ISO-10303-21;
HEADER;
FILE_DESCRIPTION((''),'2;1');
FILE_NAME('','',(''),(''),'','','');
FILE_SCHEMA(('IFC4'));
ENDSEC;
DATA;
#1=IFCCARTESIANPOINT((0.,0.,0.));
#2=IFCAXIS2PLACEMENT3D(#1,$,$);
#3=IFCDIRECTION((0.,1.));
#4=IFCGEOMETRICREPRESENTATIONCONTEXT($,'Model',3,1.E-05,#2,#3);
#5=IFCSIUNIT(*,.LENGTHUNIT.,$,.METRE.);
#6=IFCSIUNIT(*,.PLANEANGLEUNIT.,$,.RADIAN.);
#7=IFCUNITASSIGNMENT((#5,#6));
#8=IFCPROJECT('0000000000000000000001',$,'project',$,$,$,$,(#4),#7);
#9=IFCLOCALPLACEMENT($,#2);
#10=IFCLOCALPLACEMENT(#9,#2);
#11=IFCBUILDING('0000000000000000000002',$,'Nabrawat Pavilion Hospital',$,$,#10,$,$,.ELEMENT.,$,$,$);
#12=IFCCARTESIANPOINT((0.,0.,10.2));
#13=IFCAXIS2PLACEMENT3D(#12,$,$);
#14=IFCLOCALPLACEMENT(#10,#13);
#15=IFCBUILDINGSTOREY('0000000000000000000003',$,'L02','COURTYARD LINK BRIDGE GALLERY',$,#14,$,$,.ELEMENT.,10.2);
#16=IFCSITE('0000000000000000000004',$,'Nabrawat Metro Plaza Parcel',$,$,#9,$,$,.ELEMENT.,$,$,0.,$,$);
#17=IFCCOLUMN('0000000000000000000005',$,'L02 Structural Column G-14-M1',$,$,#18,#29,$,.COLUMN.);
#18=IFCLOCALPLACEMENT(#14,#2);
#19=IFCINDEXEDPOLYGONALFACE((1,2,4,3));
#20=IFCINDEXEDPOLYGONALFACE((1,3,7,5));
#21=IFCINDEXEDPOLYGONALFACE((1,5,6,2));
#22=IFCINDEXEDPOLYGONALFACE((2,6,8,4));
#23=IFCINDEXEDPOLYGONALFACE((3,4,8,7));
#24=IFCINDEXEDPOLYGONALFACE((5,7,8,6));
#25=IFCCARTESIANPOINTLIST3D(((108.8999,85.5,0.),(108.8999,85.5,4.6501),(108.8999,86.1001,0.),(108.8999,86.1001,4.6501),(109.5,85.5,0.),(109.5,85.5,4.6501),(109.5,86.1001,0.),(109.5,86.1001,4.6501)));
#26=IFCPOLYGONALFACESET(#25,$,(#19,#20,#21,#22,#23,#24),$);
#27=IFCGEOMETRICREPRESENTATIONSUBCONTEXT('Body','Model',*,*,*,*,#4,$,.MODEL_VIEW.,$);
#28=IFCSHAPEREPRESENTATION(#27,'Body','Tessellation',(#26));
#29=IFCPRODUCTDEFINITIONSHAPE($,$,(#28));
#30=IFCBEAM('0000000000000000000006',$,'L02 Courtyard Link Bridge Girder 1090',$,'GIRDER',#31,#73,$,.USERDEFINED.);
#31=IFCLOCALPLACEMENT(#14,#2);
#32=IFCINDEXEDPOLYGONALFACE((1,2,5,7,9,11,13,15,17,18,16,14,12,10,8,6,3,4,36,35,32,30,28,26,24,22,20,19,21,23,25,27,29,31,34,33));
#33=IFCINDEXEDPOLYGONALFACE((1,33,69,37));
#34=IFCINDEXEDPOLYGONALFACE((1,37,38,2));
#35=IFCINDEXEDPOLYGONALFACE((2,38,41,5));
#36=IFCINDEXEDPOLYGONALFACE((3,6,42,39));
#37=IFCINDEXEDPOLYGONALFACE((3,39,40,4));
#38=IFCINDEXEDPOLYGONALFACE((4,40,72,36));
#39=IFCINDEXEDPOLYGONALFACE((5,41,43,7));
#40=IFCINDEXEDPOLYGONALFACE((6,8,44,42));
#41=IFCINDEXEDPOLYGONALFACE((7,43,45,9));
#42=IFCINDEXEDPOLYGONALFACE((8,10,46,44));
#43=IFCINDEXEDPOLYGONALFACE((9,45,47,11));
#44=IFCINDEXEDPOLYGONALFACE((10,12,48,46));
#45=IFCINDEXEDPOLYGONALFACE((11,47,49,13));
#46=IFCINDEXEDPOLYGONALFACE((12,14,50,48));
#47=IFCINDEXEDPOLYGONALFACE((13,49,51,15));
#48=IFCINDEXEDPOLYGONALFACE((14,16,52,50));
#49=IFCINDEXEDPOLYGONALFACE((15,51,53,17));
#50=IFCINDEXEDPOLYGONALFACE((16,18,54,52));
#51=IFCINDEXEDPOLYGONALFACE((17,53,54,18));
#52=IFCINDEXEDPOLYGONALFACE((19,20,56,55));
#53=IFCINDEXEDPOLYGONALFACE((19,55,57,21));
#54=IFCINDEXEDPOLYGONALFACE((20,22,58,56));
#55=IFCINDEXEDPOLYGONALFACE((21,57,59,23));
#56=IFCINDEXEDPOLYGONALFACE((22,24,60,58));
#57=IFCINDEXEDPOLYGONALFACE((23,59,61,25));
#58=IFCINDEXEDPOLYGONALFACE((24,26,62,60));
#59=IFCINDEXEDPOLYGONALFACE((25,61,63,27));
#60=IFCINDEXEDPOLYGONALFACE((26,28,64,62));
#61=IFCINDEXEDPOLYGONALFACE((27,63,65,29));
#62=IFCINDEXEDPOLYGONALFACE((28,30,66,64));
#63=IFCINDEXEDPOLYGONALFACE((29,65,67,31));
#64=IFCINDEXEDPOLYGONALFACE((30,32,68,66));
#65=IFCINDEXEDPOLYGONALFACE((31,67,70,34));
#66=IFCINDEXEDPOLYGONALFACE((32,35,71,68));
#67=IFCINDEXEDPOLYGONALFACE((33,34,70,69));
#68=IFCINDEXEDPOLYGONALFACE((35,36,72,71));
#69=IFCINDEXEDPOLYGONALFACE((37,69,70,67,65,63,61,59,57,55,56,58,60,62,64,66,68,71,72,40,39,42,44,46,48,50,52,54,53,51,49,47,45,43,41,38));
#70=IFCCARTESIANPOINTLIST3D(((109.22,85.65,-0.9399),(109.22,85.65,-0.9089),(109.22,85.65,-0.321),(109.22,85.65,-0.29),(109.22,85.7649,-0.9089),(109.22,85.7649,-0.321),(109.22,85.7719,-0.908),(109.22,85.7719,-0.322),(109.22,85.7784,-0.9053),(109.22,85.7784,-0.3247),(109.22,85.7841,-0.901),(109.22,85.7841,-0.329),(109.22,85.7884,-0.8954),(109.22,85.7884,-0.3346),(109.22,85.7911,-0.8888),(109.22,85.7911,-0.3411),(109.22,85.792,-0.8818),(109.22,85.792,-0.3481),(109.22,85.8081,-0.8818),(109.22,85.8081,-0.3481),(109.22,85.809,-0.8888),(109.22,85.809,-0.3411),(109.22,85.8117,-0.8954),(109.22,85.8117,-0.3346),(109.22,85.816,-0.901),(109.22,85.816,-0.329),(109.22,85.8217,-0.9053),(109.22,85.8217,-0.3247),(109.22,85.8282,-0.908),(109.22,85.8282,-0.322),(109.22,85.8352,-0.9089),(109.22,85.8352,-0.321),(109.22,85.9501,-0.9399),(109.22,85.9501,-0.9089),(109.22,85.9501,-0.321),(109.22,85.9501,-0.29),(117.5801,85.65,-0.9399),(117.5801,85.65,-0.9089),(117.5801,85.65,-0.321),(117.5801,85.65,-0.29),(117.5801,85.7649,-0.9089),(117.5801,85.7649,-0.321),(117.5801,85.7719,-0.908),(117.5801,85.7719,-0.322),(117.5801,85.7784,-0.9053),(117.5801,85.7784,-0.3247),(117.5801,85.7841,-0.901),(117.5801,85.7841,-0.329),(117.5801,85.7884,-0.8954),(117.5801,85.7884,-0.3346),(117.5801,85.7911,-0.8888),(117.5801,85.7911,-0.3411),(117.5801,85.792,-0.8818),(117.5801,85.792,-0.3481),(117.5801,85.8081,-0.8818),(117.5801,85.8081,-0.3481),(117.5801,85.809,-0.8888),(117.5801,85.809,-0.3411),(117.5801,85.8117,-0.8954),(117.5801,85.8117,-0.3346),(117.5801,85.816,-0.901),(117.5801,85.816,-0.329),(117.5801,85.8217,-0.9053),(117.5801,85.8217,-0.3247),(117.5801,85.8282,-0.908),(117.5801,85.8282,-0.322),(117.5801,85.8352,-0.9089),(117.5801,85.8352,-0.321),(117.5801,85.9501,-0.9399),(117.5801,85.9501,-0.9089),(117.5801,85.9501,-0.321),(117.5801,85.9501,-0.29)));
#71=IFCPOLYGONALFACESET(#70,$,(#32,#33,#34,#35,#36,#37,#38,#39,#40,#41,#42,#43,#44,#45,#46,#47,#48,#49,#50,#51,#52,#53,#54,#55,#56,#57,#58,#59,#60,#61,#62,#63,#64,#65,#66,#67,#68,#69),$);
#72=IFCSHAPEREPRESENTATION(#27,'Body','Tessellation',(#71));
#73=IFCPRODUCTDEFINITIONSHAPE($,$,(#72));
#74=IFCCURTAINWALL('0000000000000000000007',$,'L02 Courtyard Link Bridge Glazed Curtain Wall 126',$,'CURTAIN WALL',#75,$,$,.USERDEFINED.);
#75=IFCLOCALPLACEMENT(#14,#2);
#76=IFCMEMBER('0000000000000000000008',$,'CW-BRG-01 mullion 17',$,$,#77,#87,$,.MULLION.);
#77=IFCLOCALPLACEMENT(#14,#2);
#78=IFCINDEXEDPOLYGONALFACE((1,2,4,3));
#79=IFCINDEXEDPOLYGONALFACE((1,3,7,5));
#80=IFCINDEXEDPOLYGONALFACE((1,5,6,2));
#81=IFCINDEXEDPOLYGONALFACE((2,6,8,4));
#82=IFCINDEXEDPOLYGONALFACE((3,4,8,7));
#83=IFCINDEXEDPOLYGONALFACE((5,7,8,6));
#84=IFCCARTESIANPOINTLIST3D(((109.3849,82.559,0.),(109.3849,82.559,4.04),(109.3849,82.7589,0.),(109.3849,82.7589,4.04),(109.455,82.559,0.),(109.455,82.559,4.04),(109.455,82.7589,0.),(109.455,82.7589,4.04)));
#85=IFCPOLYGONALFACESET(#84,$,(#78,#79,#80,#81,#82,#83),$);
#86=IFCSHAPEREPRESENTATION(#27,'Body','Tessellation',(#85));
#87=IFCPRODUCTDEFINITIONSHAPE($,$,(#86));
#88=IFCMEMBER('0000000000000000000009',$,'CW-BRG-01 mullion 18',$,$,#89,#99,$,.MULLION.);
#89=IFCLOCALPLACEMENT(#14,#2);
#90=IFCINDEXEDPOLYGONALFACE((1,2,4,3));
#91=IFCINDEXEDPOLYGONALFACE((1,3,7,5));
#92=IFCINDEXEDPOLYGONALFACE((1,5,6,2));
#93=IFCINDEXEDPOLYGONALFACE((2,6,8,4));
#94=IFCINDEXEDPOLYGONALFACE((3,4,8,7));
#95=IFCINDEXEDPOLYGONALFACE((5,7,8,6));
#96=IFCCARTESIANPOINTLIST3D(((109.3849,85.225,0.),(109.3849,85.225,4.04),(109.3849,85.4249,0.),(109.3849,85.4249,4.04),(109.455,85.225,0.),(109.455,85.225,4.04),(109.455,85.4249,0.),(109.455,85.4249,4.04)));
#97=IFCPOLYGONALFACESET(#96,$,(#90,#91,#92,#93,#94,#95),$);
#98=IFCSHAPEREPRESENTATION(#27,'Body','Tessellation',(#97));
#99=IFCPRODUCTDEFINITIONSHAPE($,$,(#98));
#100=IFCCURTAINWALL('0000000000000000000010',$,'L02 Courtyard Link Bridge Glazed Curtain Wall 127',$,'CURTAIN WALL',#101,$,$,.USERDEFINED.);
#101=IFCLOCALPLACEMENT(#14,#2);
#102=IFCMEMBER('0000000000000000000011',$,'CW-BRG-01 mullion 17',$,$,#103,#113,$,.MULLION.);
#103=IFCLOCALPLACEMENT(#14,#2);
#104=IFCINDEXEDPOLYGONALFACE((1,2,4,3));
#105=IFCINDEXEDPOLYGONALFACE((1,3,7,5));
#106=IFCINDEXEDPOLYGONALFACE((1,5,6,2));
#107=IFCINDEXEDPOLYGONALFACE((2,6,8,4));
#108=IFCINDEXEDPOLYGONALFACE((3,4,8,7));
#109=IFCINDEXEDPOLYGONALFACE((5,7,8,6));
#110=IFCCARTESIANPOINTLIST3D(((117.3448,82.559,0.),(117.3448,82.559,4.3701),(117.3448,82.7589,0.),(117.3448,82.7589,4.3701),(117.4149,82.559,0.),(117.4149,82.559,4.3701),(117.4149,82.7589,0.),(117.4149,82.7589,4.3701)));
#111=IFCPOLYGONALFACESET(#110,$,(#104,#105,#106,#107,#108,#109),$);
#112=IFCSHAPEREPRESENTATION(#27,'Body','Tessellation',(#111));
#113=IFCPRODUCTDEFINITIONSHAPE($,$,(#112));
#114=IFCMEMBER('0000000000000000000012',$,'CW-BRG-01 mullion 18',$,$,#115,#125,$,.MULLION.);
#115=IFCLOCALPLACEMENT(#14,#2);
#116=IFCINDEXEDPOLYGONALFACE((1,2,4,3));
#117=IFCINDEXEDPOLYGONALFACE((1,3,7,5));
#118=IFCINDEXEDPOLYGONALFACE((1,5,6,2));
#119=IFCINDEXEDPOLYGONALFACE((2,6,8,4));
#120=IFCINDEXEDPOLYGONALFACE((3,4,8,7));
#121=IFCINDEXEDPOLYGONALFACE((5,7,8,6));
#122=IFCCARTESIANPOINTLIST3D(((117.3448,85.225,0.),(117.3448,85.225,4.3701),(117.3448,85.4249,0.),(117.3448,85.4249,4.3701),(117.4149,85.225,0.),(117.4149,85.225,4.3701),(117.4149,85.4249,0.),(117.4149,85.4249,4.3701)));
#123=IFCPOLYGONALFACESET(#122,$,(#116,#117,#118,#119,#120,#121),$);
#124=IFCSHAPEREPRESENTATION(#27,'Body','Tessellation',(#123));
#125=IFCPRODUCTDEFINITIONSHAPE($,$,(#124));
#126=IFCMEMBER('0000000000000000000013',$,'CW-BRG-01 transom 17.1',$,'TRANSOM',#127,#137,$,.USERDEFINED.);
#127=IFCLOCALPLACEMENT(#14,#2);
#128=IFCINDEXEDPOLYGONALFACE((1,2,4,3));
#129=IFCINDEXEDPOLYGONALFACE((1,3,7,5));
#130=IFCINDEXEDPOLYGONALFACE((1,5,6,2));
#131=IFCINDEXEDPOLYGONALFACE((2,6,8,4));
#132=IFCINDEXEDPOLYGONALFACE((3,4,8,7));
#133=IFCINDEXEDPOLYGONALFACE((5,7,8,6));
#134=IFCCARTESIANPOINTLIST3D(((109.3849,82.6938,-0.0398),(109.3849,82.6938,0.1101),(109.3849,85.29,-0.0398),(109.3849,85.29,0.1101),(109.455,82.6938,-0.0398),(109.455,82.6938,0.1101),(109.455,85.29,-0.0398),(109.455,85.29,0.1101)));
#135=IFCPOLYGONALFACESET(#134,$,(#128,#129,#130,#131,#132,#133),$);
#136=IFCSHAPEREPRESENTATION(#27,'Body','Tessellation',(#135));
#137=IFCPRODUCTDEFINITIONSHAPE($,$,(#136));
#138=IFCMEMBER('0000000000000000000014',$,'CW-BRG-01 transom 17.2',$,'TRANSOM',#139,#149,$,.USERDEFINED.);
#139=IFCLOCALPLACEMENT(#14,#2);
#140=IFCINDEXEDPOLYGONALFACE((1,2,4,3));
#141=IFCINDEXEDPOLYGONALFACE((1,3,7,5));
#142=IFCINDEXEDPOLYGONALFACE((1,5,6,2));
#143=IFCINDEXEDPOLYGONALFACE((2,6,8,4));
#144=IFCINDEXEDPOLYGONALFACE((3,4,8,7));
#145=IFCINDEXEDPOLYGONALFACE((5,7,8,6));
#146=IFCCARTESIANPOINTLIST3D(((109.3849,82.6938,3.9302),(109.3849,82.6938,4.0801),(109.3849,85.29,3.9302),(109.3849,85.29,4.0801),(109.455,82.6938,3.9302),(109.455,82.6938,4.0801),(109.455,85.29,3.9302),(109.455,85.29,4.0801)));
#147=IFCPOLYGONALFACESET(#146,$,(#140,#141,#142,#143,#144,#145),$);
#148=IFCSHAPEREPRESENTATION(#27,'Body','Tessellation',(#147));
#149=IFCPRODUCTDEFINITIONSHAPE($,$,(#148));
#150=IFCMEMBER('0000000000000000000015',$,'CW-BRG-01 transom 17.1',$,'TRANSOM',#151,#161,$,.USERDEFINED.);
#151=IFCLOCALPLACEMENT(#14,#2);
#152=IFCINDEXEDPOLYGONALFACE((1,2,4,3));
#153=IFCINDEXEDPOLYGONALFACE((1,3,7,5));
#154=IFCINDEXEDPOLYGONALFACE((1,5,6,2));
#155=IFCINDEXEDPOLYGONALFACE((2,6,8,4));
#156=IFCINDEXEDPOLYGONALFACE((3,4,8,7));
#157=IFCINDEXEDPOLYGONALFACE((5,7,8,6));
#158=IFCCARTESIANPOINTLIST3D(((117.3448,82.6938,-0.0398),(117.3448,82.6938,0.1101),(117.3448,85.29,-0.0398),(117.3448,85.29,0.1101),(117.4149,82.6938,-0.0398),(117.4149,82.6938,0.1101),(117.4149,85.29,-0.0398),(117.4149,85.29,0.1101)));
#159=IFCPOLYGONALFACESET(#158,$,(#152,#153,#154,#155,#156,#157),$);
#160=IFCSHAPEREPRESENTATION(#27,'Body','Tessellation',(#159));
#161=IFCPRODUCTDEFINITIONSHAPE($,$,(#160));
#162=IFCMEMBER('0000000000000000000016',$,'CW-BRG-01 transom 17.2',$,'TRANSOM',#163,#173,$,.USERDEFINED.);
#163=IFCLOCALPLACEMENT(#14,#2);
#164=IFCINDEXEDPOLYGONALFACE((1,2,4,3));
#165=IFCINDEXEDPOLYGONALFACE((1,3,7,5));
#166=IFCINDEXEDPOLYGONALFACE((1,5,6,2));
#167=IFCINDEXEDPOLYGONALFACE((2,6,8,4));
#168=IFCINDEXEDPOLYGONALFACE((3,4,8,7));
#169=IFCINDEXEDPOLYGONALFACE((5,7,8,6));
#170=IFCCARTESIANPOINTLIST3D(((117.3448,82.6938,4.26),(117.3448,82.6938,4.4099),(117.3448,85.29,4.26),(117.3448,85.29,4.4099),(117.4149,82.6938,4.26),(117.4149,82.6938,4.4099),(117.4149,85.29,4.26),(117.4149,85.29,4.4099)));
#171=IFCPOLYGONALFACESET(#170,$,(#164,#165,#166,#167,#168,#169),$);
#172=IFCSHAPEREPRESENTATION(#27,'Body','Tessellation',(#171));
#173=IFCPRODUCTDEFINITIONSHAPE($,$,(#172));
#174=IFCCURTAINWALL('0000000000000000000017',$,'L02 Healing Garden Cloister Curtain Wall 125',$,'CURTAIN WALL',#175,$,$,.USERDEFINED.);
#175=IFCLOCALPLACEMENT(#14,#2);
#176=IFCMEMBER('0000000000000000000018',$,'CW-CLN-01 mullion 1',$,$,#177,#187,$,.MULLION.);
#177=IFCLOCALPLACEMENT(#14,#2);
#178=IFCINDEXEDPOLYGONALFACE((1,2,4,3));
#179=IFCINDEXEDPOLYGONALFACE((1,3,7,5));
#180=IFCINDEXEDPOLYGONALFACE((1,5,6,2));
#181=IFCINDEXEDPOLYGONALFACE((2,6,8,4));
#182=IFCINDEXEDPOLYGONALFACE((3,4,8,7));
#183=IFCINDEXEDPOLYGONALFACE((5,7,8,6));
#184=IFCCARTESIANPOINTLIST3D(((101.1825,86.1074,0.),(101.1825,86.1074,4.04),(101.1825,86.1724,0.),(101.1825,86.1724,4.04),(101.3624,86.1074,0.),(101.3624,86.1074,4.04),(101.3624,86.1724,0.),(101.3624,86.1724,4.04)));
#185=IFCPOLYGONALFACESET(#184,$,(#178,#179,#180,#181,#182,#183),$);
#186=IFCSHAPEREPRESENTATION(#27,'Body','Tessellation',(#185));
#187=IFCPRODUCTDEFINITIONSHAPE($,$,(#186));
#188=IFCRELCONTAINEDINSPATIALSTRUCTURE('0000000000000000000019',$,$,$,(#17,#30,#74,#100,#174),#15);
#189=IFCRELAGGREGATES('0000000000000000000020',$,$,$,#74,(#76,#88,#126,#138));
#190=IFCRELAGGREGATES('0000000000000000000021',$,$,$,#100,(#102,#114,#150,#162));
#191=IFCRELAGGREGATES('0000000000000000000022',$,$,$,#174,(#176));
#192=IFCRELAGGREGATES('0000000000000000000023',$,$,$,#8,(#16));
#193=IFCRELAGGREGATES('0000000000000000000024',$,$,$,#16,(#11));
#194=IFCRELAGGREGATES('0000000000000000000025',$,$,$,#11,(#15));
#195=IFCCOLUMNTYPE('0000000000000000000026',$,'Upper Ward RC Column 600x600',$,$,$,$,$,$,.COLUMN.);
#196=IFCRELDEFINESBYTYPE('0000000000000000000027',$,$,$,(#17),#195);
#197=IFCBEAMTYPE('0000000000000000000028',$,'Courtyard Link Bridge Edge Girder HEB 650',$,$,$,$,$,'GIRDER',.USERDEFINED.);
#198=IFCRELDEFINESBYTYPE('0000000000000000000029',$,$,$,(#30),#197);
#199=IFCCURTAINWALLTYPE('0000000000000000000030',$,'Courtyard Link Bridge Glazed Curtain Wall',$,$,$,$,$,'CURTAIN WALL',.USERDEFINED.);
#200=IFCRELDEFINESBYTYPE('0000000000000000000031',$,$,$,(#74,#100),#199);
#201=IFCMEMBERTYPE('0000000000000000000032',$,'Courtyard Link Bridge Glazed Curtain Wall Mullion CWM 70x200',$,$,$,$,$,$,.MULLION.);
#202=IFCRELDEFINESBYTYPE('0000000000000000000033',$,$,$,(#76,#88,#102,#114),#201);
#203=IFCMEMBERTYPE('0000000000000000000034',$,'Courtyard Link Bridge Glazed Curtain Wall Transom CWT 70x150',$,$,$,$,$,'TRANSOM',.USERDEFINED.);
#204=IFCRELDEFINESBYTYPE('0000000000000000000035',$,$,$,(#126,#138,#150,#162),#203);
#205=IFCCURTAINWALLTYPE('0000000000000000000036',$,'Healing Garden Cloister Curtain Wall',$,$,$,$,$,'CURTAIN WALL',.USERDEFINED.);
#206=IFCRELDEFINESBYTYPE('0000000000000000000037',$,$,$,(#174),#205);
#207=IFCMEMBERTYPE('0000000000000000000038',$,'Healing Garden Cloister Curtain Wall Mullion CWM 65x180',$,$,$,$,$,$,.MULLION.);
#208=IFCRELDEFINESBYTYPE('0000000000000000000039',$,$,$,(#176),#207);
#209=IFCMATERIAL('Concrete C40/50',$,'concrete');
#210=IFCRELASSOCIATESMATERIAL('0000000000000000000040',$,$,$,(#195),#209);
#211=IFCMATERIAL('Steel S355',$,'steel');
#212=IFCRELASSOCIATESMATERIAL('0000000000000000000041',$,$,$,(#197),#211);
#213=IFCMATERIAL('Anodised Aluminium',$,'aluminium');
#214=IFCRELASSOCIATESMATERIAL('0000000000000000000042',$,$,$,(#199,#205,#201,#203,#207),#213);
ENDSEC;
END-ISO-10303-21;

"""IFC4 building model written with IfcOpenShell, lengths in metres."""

from ifc_helpers import new_model, si_unit, direction, frame, origin, origin_2d, place, context, subcontext, project, spatial, rectangle, i_section, extrude, material, material_profile, profile_set, type_object, element, aggregate, save


model = new_model("IFC4")

# Units and contexts
model_context = context("Model", 3, precision=1e-05, world=origin(), true_north=direction((0.0, 1.0)))
body_context = subcontext(model_context, "Body", "Model", "MODEL_VIEW")
ifc_project = project(units=[si_unit("LENGTHUNIT", "METRE"), si_unit("PLANEANGLEUNIT", "RADIAN")], contexts=[model_context])

# Site, building, storey
site_placement = place(None, origin())
site = spatial("IfcSite", under=ifc_project, at=site_placement, Name="Nabrawat Metro Plaza Parcel", CompositionType="ELEMENT", RefElevation=0.0)
building_placement = place(site_placement, origin())
building = spatial("IfcBuilding", under=site, at=building_placement, Name="Nabrawat Pavilion Hospital", CompositionType="ELEMENT")
storey_placement = place(building_placement, frame((0.0, 0.0, 10.2)))
storey = spatial("IfcBuildingStorey", under=building, at=storey_placement, Name="L02", Description="COURTYARD LINK BRIDGE GALLERY", CompositionType="ELEMENT", Elevation=10.2)

# Column
ifc_material_1 = material(Name="Concrete C40/50", Category="concrete")
ifc_material_profile_1 = material_profile(ifc_material_1, rectangle(XDim=0.6001, YDim=0.6001, at=origin_2d()), Name="RC 600x600")
ifc_profile_set_1 = profile_set([ifc_material_profile_1], Name="Concrete C40/50")
column_type = type_object("IfcColumnType", Name="Upper Ward RC Column 600x600", PredefinedType="COLUMN", material=ifc_profile_set_1)
column_placement = place(storey_placement, frame((109.2, 85.8, 0.0), z_axis=(0.0, 0.0, 1.0), x_axis=(1.0, 0.0, 0.0)))
element("IfcColumn", 1, at=column_placement, inside=storey, type_object=column_type, Name="L02 Structural Column G-14-M1", PredefinedType="COLUMN", context=body_context, shape_type="SweptSolid", body=[
    extrude(rectangle(XDim=0.6001, YDim=0.6001, at=origin_2d()), origin(), (0.0, 0.0, 1.0), 4.6501),
])

# Beam
ifc_material_2 = material(Name="Steel S355", Category="steel")
ifc_material_profile_2 = material_profile(ifc_material_2, i_section(OverallWidth=0.3, OverallDepth=0.6499, WebThickness=0.0161, FlangeThickness=0.031, FilletRadius=0.0271, at=origin_2d()), Name="HEB 650")
ifc_profile_set_2 = profile_set([ifc_material_profile_2], Name="Steel S355")
beam_type_1 = type_object("IfcBeamType", Name="Courtyard Link Bridge Edge Girder HEB 650", ElementType="GIRDER", PredefinedType="USERDEFINED", material=ifc_profile_set_2)
beam_1_placement = place(storey_placement, frame((109.22, 85.8, -0.615), z_axis=(1.0, 0.0, 0.0), x_axis=(0.0, 1.0, 0.0)))
element("IfcBeam", 2, at=beam_1_placement, inside=storey, type_object=beam_type_1, Name="L02 Courtyard Link Bridge Girder 1090", ObjectType="GIRDER", PredefinedType="USERDEFINED", context=body_context, shape_type="SweptSolid", body=[
    extrude(i_section(OverallWidth=0.3, OverallDepth=0.6499, WebThickness=0.0161, FlangeThickness=0.031, FilletRadius=0.0271, at=origin_2d()), origin(), (0.0, 0.0, 1.0), 8.3601),
])

# Curtain walls, members
ifc_material_3 = material(Name="Anodised Aluminium", Category="aluminium")
curtain_wall_type_1 = type_object("IfcCurtainWallType", Name="Courtyard Link Bridge Glazed Curtain Wall", ElementType="CURTAIN WALL", PredefinedType="USERDEFINED", material=ifc_material_3)
curtain_wall_1_placement = place(storey_placement, origin())
curtain_wall_1 = element("IfcCurtainWall", 3, at=curtain_wall_1_placement, inside=storey, type_object=curtain_wall_type_1, Name="L02 Courtyard Link Bridge Glazed Curtain Wall 126", ObjectType="CURTAIN WALL", PredefinedType="USERDEFINED")
ifc_material_profile_3 = material_profile(ifc_material_3, rectangle(XDim=0.0701, YDim=0.2, at=origin_2d()), Name="CWM 70x200")
ifc_profile_set_3 = profile_set([ifc_material_profile_3], Name="Anodised Aluminium")
member_type_1 = type_object("IfcMemberType", Name="Courtyard Link Bridge Glazed Curtain Wall Mullion CWM 70x200", PredefinedType="MULLION", material=ifc_profile_set_3)
member_1_placement = place(storey_placement, frame((109.4199, 82.6589, 0.0), z_axis=(0.0, 0.0, 1.0), x_axis=(-1.0, 0.0, 0.0)))
member_1 = element("IfcMember", 4, at=member_1_placement, type_object=member_type_1, Name="CW-BRG-01 mullion 17", PredefinedType="MULLION", context=body_context, shape_type="SweptSolid", body=[
    extrude(rectangle(XDim=0.0701, YDim=0.2, at=origin_2d()), origin(), (0.0, 0.0, 1.0), 4.04),
])
member_2_placement = place(storey_placement, frame((109.4199, 85.325, 0.0), z_axis=(0.0, 0.0, 1.0), x_axis=(-1.0, 0.0, 0.0)))
member_2 = element("IfcMember", 5, at=member_2_placement, type_object=member_type_1, Name="CW-BRG-01 mullion 18", PredefinedType="MULLION", context=body_context, shape_type="SweptSolid", body=[
    extrude(rectangle(XDim=0.0701, YDim=0.2, at=origin_2d()), origin(), (0.0, 0.0, 1.0), 4.04),
])
curtain_wall_2_placement = place(storey_placement, origin())
curtain_wall_2 = element("IfcCurtainWall", 6, at=curtain_wall_2_placement, inside=storey, type_object=curtain_wall_type_1, Name="L02 Courtyard Link Bridge Glazed Curtain Wall 127", ObjectType="CURTAIN WALL", PredefinedType="USERDEFINED")
member_3_placement = place(storey_placement, frame((117.3799, 82.6589, 0.0), z_axis=(0.0, 0.0, 1.0), x_axis=(-1.0, 0.0, 0.0)))
member_3 = element("IfcMember", 7, at=member_3_placement, type_object=member_type_1, Name="CW-BRG-01 mullion 17", PredefinedType="MULLION", context=body_context, shape_type="SweptSolid", body=[
    extrude(rectangle(XDim=0.0701, YDim=0.2, at=origin_2d()), origin(), (0.0, 0.0, 1.0), 4.3701),
])
member_4_placement = place(storey_placement, frame((117.3799, 85.325, 0.0), z_axis=(0.0, 0.0, 1.0), x_axis=(-1.0, 0.0, 0.0)))
member_4 = element("IfcMember", 8, at=member_4_placement, type_object=member_type_1, Name="CW-BRG-01 mullion 18", PredefinedType="MULLION", context=body_context, shape_type="SweptSolid", body=[
    extrude(rectangle(XDim=0.0701, YDim=0.2, at=origin_2d()), origin(), (0.0, 0.0, 1.0), 4.3701),
])

# Members
ifc_material_profile_4 = material_profile(ifc_material_3, rectangle(XDim=0.0701, YDim=0.1499, at=origin_2d()), Name="CWT 70x150")
ifc_profile_set_4 = profile_set([ifc_material_profile_4], Name="Anodised Aluminium")
member_type_2 = type_object("IfcMemberType", Name="Courtyard Link Bridge Glazed Curtain Wall Transom CWT 70x150", ElementType="TRANSOM", PredefinedType="USERDEFINED", material=ifc_profile_set_4)
member_5_placement = place(storey_placement, frame((109.4199, 82.6938, 0.0352), z_axis=(0.0, 1.0, 0.0), x_axis=(-1.0, 0.0, 0.0)))
member_5 = element("IfcMember", 9, at=member_5_placement, type_object=member_type_2, Name="CW-BRG-01 transom 17.1", ObjectType="TRANSOM", PredefinedType="USERDEFINED", context=body_context, shape_type="SweptSolid", body=[
    extrude(rectangle(XDim=0.0701, YDim=0.1499, at=origin_2d()), origin(), (0.0, 0.0, 1.0), 2.5962),
])
member_6_placement = place(storey_placement, frame((109.4199, 82.6938, 4.0051), z_axis=(0.0, 1.0, 0.0), x_axis=(-1.0, 0.0, 0.0)))
member_6 = element("IfcMember", 10, at=member_6_placement, type_object=member_type_2, Name="CW-BRG-01 transom 17.2", ObjectType="TRANSOM", PredefinedType="USERDEFINED", context=body_context, shape_type="SweptSolid", body=[
    extrude(rectangle(XDim=0.0701, YDim=0.1499, at=origin_2d()), origin(), (0.0, 0.0, 1.0), 2.5962),
])
member_7_placement = place(storey_placement, frame((117.3799, 82.6938, 0.0352), z_axis=(0.0, 1.0, 0.0), x_axis=(-1.0, 0.0, 0.0)))
member_7 = element("IfcMember", 11, at=member_7_placement, type_object=member_type_2, Name="CW-BRG-01 transom 17.1", ObjectType="TRANSOM", PredefinedType="USERDEFINED", context=body_context, shape_type="SweptSolid", body=[
    extrude(rectangle(XDim=0.0701, YDim=0.1499, at=origin_2d()), origin(), (0.0, 0.0, 1.0), 2.5962),
])
member_8_placement = place(storey_placement, frame((117.3799, 82.6938, 4.335), z_axis=(0.0, 1.0, 0.0), x_axis=(-1.0, 0.0, 0.0)))
member_8 = element("IfcMember", 12, at=member_8_placement, type_object=member_type_2, Name="CW-BRG-01 transom 17.2", ObjectType="TRANSOM", PredefinedType="USERDEFINED", context=body_context, shape_type="SweptSolid", body=[
    extrude(rectangle(XDim=0.0701, YDim=0.1499, at=origin_2d()), origin(), (0.0, 0.0, 1.0), 2.5962),
])

# Curtain wall, member
curtain_wall_type_2 = type_object("IfcCurtainWallType", Name="Healing Garden Cloister Curtain Wall", ElementType="CURTAIN WALL", PredefinedType="USERDEFINED", material=ifc_material_3)
curtain_wall_3_placement = place(storey_placement, origin())
curtain_wall_3 = element("IfcCurtainWall", 13, at=curtain_wall_3_placement, inside=storey, type_object=curtain_wall_type_2, Name="L02 Healing Garden Cloister Curtain Wall 125", ObjectType="CURTAIN WALL", PredefinedType="USERDEFINED")
ifc_material_profile_5 = material_profile(ifc_material_3, rectangle(XDim=0.0649, YDim=0.1799, at=origin_2d()), Name="CWM 65x180")
ifc_profile_set_5 = profile_set([ifc_material_profile_5], Name="Anodised Aluminium")
member_type_3 = type_object("IfcMemberType", Name="Healing Garden Cloister Curtain Wall Mullion CWM 65x180", PredefinedType="MULLION", material=ifc_profile_set_5)
member_9_placement = place(storey_placement, frame((101.2725, 86.1399, 0.0), z_axis=(0.0, 0.0, 1.0), x_axis=(0.0, 1.0, 0.0)))
member_9 = element("IfcMember", 14, at=member_9_placement, type_object=member_type_3, Name="CW-CLN-01 mullion 1", PredefinedType="MULLION", context=body_context, shape_type="SweptSolid", body=[
    extrude(rectangle(XDim=0.0649, YDim=0.1799, at=origin_2d()), origin(), (0.0, 0.0, 1.0), 4.04),
])

aggregate(curtain_wall_1, [member_1, member_2, member_5, member_6])
aggregate(curtain_wall_2, [member_3, member_4, member_7, member_8])
aggregate(curtain_wall_3, [member_9])

save(model, "model.ifc")
